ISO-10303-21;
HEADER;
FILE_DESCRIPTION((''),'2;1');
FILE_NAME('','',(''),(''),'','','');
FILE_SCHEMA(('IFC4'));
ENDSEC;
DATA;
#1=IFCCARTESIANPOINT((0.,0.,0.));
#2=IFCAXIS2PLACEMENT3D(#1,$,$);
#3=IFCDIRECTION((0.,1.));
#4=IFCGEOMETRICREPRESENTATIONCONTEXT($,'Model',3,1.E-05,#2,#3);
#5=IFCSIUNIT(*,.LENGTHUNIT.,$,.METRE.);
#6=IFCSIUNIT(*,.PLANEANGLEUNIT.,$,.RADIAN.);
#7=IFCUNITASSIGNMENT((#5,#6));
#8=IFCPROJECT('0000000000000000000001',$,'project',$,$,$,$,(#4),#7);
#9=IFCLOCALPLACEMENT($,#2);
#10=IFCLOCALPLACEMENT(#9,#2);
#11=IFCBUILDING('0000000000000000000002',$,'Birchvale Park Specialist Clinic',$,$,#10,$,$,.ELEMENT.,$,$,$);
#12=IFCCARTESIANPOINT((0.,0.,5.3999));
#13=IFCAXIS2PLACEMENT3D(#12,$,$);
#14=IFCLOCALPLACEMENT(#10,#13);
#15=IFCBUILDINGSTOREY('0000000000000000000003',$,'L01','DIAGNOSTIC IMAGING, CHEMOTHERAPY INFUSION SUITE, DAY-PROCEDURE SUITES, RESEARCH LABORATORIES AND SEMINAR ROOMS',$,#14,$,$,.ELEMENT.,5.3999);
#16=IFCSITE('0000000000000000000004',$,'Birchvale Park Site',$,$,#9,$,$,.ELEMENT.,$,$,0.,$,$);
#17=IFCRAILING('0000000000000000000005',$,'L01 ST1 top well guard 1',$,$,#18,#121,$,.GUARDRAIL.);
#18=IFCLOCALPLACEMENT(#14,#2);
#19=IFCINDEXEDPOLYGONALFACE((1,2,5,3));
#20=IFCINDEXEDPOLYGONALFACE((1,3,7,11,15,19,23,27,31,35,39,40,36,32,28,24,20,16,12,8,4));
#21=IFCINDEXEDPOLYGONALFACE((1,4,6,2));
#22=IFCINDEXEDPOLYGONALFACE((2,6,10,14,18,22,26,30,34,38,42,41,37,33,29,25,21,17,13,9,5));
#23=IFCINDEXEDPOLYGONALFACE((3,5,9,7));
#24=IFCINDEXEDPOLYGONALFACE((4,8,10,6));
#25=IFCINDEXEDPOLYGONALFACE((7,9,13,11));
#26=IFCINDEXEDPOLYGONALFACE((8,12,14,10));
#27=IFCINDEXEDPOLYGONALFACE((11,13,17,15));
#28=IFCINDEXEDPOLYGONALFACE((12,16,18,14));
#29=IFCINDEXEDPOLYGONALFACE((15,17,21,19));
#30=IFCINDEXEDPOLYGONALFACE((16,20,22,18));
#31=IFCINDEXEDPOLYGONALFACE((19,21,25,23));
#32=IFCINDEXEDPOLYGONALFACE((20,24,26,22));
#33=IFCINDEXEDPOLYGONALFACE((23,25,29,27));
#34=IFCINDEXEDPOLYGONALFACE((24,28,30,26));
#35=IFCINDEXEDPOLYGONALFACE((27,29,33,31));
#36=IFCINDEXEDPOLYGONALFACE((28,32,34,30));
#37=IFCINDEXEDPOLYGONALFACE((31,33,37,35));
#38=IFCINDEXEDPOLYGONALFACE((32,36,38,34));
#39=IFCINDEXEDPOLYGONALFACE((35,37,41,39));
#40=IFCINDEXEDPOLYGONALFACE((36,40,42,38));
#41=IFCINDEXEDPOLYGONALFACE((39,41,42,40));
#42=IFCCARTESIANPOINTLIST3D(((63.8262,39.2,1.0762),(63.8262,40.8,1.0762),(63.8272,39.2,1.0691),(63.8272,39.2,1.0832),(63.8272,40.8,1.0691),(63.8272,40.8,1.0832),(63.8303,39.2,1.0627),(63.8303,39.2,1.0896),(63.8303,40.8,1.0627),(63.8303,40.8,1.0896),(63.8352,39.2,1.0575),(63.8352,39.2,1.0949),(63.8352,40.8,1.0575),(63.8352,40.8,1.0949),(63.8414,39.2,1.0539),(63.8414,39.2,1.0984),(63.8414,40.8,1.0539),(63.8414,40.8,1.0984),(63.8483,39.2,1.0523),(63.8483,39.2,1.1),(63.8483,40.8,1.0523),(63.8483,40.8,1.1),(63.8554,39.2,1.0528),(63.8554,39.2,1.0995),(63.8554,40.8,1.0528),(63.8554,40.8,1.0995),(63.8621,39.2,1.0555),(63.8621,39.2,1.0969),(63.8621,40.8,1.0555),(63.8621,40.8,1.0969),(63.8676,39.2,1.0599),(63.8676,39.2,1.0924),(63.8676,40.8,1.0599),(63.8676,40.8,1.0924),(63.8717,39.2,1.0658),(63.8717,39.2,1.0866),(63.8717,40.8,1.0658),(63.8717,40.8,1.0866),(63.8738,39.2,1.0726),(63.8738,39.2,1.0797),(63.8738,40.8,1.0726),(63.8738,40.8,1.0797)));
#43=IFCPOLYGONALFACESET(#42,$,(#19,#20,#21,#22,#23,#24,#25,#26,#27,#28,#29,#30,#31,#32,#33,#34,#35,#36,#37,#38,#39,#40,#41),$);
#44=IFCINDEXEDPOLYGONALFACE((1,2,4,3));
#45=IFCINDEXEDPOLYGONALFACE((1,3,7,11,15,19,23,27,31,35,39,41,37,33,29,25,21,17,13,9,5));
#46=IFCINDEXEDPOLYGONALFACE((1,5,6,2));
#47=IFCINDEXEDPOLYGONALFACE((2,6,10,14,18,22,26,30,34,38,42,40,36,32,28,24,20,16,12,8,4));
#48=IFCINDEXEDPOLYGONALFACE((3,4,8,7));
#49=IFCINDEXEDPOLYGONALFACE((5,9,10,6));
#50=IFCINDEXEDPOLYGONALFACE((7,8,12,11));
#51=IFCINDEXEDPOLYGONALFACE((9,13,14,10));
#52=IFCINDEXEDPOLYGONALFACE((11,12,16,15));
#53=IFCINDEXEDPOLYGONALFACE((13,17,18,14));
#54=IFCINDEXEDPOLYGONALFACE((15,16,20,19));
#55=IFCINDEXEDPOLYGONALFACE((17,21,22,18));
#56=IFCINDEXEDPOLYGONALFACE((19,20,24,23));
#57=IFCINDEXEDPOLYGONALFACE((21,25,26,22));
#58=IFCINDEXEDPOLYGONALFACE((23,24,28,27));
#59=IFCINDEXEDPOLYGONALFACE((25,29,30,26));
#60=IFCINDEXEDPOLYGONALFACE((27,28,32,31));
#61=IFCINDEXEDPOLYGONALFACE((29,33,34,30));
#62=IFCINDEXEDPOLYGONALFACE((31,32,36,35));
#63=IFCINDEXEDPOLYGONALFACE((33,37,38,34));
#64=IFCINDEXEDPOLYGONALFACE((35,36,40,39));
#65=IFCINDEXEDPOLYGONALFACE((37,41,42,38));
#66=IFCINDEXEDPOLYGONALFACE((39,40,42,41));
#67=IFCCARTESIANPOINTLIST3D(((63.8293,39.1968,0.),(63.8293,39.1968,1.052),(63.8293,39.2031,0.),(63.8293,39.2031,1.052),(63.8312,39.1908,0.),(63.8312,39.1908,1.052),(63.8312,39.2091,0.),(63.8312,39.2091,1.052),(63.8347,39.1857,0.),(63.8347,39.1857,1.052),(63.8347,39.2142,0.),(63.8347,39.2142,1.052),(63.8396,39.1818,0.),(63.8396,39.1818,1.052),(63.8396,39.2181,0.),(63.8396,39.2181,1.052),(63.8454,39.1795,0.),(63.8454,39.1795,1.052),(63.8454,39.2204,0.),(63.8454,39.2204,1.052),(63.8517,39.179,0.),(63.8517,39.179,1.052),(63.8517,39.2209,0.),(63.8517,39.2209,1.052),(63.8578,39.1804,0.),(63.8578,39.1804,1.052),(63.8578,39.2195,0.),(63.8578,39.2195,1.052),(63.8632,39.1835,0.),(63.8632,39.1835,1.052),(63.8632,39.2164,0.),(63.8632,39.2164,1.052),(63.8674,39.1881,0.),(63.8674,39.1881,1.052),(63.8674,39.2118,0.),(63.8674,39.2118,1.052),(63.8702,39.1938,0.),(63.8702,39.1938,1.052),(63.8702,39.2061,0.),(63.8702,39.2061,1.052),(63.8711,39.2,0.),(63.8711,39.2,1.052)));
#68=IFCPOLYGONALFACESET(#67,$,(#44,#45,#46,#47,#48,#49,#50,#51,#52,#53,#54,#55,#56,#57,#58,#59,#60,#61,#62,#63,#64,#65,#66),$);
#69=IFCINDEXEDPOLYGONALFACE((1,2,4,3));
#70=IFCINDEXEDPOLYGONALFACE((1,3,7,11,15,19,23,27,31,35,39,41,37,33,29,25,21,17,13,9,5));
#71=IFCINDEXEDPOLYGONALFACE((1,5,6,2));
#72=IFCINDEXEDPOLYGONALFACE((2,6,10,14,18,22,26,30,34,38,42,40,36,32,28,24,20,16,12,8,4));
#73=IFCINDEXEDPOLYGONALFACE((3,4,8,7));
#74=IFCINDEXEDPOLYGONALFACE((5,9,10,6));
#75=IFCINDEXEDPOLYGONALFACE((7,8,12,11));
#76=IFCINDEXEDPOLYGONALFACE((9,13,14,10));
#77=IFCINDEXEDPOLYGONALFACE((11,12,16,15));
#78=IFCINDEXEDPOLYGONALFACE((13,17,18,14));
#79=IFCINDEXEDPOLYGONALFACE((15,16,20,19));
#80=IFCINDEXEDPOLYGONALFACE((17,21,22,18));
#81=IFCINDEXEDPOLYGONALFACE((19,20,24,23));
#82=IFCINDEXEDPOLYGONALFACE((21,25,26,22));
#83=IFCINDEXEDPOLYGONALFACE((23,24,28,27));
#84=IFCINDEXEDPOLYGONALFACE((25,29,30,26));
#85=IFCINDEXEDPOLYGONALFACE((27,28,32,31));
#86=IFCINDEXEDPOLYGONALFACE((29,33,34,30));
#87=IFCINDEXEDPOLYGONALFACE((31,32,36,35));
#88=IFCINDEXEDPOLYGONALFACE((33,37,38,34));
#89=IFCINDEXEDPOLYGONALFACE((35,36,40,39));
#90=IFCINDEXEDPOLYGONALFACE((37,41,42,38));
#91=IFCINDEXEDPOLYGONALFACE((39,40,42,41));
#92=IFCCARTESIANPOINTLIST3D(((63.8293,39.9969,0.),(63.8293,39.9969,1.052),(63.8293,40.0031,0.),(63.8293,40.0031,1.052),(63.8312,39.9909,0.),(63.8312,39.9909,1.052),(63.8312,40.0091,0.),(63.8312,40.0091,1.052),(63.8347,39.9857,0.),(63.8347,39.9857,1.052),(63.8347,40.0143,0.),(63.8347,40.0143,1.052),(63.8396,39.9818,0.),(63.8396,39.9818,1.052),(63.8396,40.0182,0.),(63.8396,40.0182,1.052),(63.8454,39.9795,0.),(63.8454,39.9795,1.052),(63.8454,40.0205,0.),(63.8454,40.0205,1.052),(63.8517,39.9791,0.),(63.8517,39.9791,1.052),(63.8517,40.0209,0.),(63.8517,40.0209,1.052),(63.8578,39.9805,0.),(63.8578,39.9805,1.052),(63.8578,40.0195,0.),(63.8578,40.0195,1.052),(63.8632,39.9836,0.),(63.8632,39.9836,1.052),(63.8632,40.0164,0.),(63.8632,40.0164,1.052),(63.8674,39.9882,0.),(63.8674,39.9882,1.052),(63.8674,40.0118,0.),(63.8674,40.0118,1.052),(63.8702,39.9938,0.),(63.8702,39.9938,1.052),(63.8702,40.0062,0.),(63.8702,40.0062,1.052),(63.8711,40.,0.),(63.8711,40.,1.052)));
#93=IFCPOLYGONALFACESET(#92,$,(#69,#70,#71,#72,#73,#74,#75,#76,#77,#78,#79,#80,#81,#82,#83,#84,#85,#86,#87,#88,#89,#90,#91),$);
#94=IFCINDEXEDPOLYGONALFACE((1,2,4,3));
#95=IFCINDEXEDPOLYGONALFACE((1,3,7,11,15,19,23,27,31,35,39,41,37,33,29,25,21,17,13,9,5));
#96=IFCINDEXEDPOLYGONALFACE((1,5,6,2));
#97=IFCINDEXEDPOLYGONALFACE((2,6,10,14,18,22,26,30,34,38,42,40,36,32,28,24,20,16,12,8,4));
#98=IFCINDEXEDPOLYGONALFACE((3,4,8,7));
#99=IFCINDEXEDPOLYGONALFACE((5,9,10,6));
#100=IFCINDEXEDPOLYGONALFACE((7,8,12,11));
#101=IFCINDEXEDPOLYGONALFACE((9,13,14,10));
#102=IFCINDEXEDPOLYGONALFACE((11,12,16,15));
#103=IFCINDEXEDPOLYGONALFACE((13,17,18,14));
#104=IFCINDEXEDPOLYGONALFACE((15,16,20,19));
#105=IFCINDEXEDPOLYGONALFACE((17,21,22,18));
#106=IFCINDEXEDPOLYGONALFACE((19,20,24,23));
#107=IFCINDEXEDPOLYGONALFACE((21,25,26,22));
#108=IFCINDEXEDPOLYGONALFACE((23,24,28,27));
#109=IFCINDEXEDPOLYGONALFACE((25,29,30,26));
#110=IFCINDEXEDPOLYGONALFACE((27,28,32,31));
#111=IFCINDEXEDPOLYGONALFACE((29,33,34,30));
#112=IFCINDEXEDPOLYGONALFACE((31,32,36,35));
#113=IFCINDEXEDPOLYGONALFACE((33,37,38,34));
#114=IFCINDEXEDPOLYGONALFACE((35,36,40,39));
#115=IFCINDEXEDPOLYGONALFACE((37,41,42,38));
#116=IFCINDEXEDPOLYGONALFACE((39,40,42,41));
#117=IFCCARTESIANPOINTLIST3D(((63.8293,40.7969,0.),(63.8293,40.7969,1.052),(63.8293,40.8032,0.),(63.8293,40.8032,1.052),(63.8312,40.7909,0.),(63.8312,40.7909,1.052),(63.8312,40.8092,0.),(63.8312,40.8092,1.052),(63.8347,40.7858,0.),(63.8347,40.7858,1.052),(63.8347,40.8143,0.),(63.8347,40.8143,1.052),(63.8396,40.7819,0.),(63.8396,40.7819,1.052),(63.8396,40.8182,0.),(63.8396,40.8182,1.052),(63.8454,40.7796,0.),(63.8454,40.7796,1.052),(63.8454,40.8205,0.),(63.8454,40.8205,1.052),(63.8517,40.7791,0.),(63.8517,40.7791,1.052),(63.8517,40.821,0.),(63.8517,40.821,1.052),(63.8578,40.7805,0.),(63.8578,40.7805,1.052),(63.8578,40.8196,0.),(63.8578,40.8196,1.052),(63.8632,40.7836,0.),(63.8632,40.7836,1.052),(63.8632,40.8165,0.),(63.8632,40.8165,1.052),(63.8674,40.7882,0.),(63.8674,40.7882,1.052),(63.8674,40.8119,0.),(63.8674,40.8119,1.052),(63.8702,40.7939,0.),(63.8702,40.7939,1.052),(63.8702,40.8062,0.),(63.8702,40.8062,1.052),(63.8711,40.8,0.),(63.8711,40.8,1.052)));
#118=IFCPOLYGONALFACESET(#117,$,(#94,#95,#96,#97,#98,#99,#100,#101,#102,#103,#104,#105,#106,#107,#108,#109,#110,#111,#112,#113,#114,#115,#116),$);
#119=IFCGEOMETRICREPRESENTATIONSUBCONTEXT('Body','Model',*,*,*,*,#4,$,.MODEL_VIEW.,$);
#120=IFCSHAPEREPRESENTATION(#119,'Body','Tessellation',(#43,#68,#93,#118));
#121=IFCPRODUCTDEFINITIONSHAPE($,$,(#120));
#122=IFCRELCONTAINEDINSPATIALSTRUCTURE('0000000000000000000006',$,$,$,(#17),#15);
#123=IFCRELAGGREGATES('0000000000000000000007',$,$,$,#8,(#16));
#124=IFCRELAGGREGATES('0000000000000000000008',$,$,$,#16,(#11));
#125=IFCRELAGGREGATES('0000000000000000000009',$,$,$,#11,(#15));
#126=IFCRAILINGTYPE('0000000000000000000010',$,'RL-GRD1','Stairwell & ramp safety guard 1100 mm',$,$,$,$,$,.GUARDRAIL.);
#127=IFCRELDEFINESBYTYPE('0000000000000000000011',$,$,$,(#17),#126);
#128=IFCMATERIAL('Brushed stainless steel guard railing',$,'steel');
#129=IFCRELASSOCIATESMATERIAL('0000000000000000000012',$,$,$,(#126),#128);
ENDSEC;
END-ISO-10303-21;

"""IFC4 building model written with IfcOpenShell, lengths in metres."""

from ifc_helpers import new_model, si_unit, direction, frame, origin, origin_2d, place, context, subcontext, project, spatial, circle, extrude, material, type_object, element, save


model = new_model("IFC4")

# Units and contexts
model_context = context("Model", 3, precision=1e-05, world=origin(), true_north=direction((0.0, 1.0)))
body_context = subcontext(model_context, "Body", "Model", "MODEL_VIEW")
ifc_project = project(units=[si_unit("LENGTHUNIT", "METRE"), si_unit("PLANEANGLEUNIT", "RADIAN")], contexts=[model_context])

# Site, building, storey
site_placement = place(None, origin())
site = spatial("IfcSite", under=ifc_project, at=site_placement, Name="Birchvale Park Site", CompositionType="ELEMENT", RefElevation=0.0)
building_placement = place(site_placement, origin())
building = spatial("IfcBuilding", under=site, at=building_placement, Name="Birchvale Park Specialist Clinic", CompositionType="ELEMENT")
storey_placement = place(building_placement, frame((0.0, 0.0, 5.3999)))
storey = spatial("IfcBuildingStorey", under=building, at=storey_placement, Name="L01", Description="DIAGNOSTIC IMAGING, CHEMOTHERAPY INFUSION SUITE, DAY-PROCEDURE SUITES, RESEARCH LABORATORIES AND SEMINAR ROOMS", CompositionType="ELEMENT", Elevation=5.3999)

# Railing
ifc_material_1 = material(Name="Brushed stainless steel guard railing", Category="steel")
railing_type_1 = type_object("IfcRailingType", Name="RL-GRD1", Description="Stairwell & ramp safety guard 1100 mm", PredefinedType="GUARDRAIL", material=ifc_material_1)
railing_1_placement = place(storey_placement, frame((63.8501, 39.2, 0.0)))
element("IfcRailing", 1, at=railing_1_placement, inside=storey, type_object=railing_type_1, Name="L01 ST1 top well guard 1", PredefinedType="GUARDRAIL", context=body_context, shape_type="SweptSolid", body=[
    extrude(circle(Radius=0.0239, at=origin_2d()), frame((0.0, 0.0, 1.0762), z_axis=(0.0, 1.0, 0.0), x_axis=(-1.0, 0.0, 0.0)), (0.0, 0.0, 1.0), 1.6001),
    extrude(circle(Radius=0.021, at=origin_2d()), origin(), (0.0, 0.0, 1.0), 1.052),
    extrude(circle(Radius=0.021, at=origin_2d()), frame((0.0, 0.8, 0.0)), (0.0, 0.0, 1.0), 1.052),
    extrude(circle(Radius=0.021, at=origin_2d()), frame((0.0, 1.6001, 0.0)), (0.0, 0.0, 1.0), 1.052),
])

save(model, "model.ifc")
